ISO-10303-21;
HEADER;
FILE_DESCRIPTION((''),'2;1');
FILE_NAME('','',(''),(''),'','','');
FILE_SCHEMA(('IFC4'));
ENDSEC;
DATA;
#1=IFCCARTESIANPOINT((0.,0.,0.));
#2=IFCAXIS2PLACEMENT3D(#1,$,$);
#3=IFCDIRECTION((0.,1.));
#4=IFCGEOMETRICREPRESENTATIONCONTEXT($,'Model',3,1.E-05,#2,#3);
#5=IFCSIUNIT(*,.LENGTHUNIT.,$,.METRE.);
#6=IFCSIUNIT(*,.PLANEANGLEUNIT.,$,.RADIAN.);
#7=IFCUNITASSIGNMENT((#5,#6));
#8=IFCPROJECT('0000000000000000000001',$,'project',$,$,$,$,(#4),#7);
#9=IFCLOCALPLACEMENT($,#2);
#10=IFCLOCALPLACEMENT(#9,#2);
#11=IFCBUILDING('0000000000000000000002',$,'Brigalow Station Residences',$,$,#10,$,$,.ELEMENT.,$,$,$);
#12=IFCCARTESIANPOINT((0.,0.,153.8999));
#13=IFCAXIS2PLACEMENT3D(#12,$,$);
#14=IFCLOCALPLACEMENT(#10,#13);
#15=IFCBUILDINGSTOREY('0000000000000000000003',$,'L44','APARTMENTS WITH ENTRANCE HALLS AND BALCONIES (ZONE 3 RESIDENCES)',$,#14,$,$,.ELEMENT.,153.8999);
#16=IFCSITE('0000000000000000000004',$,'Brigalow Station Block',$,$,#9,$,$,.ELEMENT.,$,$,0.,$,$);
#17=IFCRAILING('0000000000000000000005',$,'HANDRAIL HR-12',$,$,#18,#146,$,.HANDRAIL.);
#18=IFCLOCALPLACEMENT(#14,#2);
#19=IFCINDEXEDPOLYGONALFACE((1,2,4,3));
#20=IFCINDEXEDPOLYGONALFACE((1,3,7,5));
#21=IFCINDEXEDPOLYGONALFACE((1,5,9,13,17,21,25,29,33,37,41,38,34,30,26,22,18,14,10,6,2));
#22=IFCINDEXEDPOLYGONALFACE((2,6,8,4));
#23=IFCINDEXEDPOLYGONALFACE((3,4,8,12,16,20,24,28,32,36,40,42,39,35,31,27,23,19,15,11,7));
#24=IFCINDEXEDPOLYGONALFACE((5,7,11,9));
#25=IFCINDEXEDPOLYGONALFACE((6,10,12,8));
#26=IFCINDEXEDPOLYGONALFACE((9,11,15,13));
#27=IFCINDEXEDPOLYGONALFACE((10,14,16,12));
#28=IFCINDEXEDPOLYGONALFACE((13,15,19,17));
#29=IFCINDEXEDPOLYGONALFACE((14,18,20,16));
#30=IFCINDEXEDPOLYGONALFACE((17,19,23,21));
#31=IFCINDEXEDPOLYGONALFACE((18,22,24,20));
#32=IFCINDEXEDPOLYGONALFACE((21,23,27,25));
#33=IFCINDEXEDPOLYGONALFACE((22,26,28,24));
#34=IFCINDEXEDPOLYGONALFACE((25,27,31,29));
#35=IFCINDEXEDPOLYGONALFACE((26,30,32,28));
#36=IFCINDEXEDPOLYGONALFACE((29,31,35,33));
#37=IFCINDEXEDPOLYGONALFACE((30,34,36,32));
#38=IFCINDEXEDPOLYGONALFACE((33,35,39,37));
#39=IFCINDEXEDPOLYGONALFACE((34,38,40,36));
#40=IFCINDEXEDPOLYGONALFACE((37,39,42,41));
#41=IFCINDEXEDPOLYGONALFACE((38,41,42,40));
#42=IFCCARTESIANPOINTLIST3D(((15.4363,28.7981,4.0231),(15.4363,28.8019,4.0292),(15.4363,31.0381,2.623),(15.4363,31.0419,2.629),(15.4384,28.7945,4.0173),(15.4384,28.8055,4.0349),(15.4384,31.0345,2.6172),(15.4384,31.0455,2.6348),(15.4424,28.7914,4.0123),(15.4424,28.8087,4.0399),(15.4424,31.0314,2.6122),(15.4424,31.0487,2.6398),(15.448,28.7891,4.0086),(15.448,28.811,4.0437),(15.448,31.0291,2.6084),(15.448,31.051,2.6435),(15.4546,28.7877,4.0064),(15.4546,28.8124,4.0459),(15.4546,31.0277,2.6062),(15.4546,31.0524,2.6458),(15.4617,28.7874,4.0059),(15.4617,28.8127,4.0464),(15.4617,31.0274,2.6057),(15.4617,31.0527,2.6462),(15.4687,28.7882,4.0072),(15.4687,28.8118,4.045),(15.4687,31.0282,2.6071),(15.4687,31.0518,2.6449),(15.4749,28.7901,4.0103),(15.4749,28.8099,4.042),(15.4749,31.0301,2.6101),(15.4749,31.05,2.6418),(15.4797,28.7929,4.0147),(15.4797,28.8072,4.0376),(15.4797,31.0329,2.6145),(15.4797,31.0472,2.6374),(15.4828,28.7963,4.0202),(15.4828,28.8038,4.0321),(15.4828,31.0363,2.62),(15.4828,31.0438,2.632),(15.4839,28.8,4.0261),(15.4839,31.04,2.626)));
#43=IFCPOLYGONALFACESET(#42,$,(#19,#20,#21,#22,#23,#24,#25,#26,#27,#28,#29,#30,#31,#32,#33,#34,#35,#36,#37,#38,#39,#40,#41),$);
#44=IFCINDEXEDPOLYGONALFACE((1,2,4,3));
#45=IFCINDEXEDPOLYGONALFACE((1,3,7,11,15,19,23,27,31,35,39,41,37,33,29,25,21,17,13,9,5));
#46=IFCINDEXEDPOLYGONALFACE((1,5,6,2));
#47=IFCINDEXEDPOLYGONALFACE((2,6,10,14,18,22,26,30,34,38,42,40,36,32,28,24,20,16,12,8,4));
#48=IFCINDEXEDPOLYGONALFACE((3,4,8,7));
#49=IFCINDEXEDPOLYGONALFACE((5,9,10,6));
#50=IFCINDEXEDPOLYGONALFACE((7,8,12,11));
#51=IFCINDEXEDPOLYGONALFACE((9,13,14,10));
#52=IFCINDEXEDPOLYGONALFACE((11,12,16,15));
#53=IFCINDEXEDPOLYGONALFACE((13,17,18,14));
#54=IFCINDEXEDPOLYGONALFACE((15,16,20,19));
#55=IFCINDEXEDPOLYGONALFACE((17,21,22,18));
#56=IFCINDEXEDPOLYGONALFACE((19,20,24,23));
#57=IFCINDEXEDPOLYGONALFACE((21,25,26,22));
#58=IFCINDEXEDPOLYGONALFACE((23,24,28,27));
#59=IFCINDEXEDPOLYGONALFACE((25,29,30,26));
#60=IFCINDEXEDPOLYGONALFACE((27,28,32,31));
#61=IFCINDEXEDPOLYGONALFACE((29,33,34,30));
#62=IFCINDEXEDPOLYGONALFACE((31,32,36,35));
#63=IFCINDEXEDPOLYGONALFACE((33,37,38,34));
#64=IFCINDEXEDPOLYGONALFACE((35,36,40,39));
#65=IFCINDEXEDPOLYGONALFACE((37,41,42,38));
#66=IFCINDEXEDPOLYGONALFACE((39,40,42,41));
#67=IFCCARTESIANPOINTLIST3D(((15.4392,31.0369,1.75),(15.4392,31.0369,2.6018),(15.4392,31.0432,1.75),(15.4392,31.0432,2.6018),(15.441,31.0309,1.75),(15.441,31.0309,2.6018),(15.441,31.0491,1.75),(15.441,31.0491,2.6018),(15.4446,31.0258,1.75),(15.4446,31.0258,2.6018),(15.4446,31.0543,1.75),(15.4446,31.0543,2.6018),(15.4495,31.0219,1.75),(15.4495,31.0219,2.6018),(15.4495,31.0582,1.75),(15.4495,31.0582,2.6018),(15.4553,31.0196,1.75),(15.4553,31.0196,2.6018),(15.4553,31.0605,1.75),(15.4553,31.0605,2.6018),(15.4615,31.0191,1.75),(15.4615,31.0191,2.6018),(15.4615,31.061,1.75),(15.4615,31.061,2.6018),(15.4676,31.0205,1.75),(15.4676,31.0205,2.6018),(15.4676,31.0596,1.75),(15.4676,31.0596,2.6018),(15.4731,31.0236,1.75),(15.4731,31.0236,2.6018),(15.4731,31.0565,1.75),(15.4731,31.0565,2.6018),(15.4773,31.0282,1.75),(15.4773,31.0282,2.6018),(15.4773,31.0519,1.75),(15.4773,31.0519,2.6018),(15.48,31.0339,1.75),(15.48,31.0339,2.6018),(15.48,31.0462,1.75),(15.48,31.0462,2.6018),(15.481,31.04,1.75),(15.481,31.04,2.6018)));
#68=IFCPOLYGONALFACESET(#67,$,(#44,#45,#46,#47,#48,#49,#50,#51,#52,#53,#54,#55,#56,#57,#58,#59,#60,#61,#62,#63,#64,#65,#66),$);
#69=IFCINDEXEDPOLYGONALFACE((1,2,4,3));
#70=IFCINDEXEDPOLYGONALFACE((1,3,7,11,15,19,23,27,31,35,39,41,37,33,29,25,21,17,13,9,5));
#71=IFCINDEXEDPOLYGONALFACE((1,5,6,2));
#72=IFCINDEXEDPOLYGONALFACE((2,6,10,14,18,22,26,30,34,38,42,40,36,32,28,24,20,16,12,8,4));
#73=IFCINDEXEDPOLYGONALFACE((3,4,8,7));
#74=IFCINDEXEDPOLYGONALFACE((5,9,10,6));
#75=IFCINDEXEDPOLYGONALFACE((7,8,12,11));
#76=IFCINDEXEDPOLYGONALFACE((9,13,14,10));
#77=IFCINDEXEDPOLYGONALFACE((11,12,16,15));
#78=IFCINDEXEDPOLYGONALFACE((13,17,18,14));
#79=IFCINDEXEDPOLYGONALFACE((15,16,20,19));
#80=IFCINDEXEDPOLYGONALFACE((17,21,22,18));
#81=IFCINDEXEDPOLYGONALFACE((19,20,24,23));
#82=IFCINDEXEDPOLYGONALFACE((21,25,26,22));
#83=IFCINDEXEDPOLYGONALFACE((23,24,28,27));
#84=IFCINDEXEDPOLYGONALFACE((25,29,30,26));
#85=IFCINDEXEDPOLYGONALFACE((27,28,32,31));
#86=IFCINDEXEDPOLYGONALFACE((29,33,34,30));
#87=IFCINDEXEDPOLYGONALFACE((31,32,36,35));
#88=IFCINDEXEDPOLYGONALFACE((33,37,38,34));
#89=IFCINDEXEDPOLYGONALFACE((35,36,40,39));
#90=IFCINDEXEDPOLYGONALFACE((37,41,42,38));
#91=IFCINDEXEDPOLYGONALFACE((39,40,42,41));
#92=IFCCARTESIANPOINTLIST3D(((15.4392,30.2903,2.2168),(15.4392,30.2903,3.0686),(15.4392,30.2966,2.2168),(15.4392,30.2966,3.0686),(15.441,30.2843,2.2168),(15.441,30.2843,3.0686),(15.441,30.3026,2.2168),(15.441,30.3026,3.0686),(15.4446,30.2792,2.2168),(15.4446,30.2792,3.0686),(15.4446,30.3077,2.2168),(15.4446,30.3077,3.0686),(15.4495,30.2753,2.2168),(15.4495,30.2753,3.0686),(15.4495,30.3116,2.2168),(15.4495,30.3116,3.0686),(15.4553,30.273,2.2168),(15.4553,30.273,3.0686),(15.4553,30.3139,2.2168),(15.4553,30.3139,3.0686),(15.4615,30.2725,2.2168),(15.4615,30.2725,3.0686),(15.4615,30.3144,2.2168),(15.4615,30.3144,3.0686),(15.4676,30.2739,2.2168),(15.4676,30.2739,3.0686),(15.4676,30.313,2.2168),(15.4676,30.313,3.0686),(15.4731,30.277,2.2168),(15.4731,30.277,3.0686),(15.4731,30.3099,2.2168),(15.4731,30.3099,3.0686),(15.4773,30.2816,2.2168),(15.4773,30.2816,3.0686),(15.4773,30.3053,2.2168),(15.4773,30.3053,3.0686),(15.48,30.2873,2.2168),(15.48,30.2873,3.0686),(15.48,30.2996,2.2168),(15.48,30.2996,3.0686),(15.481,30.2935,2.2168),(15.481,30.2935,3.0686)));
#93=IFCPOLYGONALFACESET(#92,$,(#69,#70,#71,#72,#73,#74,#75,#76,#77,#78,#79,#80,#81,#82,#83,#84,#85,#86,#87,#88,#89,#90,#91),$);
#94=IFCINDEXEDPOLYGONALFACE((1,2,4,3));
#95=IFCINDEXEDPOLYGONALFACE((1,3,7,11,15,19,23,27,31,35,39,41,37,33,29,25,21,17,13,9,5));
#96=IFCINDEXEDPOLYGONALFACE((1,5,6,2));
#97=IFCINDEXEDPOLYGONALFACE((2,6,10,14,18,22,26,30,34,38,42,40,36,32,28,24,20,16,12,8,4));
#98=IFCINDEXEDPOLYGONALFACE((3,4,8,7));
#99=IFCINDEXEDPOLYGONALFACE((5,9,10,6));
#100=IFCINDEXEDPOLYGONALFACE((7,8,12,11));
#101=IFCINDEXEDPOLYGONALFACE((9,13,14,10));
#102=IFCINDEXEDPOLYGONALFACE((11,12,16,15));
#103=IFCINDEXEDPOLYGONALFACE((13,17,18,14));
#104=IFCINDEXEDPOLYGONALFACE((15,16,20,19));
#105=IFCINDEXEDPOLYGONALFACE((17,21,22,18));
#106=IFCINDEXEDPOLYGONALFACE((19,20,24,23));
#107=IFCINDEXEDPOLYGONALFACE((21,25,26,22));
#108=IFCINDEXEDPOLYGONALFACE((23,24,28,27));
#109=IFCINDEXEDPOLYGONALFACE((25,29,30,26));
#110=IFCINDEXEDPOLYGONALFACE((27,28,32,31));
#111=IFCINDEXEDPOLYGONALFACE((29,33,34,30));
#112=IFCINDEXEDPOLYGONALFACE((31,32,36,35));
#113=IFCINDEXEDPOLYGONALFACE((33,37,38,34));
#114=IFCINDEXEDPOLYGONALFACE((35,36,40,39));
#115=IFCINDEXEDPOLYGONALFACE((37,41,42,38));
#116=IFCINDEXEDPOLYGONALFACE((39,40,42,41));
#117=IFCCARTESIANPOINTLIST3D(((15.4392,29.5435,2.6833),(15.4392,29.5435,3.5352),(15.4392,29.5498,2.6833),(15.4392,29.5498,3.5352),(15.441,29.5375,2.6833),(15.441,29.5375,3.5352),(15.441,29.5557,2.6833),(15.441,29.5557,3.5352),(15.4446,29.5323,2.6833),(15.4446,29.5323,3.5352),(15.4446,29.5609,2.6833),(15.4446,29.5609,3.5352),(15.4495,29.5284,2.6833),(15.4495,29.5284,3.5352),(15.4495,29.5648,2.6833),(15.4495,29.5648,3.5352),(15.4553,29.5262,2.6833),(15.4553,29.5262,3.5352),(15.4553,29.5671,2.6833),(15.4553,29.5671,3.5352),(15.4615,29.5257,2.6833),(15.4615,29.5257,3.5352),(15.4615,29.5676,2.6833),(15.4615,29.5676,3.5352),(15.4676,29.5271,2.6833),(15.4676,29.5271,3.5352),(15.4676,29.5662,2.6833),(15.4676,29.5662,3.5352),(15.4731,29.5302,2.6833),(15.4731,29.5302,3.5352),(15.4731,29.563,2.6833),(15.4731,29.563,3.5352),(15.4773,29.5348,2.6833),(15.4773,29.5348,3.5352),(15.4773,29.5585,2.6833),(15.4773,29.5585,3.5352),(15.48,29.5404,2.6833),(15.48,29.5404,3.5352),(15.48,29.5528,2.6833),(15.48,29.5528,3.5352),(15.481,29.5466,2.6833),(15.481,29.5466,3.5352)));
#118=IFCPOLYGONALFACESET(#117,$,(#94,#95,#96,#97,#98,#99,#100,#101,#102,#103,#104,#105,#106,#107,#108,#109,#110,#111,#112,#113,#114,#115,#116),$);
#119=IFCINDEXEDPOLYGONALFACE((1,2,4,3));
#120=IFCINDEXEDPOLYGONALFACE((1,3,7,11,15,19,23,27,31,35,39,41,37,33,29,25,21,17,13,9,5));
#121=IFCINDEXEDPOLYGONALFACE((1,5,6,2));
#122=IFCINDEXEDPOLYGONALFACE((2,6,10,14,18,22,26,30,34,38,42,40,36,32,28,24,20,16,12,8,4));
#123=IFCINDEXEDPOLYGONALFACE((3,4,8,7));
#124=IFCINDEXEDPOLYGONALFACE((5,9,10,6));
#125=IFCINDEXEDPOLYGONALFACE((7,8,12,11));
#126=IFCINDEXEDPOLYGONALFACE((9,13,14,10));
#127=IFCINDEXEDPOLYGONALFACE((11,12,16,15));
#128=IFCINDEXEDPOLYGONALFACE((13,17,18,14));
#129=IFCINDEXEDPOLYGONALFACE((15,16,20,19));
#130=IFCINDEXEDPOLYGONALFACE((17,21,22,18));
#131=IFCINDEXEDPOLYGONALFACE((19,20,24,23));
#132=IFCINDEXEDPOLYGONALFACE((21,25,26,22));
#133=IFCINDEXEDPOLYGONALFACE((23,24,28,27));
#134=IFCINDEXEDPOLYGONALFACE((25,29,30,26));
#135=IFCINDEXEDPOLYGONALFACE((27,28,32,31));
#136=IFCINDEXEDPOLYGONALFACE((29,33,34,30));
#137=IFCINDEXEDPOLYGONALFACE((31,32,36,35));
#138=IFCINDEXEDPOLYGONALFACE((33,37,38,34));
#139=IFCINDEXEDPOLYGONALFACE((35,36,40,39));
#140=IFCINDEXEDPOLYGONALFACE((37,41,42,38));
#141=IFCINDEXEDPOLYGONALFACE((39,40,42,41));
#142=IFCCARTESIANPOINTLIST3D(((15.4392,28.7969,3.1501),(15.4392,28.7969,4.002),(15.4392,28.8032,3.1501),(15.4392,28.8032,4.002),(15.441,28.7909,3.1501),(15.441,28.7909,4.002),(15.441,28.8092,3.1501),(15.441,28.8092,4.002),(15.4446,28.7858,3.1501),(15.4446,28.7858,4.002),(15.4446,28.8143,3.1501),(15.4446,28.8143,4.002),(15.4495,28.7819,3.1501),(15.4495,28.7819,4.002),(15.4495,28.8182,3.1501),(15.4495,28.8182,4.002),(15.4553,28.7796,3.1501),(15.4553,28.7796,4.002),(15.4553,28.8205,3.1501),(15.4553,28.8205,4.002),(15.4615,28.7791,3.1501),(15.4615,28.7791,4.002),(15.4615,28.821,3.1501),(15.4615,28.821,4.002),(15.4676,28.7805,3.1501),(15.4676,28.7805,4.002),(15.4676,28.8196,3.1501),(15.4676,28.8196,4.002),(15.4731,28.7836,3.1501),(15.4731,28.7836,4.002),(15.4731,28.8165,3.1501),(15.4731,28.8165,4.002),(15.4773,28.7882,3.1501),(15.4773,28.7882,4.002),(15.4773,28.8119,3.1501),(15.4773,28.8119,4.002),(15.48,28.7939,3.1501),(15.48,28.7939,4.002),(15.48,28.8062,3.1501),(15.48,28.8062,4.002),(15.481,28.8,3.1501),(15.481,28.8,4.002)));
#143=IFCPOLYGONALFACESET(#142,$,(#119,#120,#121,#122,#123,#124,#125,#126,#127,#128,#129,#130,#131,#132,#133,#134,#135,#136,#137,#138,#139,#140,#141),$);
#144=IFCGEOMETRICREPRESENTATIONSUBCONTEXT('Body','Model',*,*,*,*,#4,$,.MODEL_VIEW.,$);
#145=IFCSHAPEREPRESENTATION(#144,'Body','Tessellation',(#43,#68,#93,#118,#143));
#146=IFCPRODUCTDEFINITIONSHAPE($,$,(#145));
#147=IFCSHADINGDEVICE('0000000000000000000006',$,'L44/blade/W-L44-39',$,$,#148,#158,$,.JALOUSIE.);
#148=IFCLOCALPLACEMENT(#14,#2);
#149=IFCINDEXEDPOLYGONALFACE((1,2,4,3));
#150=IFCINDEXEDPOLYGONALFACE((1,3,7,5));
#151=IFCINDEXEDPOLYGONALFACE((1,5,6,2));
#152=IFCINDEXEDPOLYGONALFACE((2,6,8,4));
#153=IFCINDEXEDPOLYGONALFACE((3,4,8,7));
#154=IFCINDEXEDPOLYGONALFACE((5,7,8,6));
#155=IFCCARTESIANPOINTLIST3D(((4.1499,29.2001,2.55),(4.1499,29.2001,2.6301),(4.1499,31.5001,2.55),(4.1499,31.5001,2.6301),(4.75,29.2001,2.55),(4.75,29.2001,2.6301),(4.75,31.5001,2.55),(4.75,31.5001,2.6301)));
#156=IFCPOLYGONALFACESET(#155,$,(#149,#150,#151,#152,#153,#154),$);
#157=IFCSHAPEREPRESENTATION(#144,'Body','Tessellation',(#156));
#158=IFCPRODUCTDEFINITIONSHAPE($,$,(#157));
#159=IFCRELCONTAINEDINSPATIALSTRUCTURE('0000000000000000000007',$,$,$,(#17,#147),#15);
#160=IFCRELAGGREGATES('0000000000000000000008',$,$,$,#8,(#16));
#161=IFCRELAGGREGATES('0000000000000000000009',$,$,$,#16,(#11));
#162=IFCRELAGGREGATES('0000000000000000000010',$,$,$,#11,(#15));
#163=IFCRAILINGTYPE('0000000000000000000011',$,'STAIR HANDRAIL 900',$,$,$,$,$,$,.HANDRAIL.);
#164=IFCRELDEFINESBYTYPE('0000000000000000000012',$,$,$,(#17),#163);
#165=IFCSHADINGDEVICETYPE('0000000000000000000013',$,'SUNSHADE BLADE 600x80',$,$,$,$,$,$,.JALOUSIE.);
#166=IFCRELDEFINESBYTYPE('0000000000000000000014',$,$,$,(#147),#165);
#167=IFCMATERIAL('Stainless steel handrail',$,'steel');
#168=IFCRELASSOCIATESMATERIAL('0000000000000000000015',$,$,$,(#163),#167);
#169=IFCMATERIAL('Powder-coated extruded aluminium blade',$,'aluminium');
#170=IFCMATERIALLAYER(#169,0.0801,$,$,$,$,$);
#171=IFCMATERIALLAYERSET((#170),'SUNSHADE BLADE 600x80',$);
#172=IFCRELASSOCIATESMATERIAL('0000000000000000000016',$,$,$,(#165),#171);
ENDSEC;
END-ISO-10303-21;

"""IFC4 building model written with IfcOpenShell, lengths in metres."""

from ifc_helpers import new_model, si_unit, direction, frame, origin, origin_2d, place, context, subcontext, project, spatial, rectangle, circle, extrude, material, layer, layer_set, type_object, element, save


model = new_model("IFC4")

# Units and contexts
model_context = context("Model", 3, precision=1e-05, world=origin(), true_north=direction((0.0, 1.0)))
body_context = subcontext(model_context, "Body", "Model", "MODEL_VIEW")
ifc_project = project(units=[si_unit("LENGTHUNIT", "METRE"), si_unit("PLANEANGLEUNIT", "RADIAN")], contexts=[model_context])

# Site, building, storey
site_placement = place(None, origin())
site = spatial("IfcSite", under=ifc_project, at=site_placement, Name="Brigalow Station Block", CompositionType="ELEMENT", RefElevation=0.0)
building_placement = place(site_placement, origin())
building = spatial("IfcBuilding", under=site, at=building_placement, Name="Brigalow Station Residences", CompositionType="ELEMENT")
storey_placement = place(building_placement, frame((0.0, 0.0, 153.8999)))
storey = spatial("IfcBuildingStorey", under=building, at=storey_placement, Name="L44", Description="APARTMENTS WITH ENTRANCE HALLS AND BALCONIES (ZONE 3 RESIDENCES)", CompositionType="ELEMENT", Elevation=153.8999)

# Railing
ifc_material_1 = material(Name="Stainless steel handrail", Category="steel")
railing_type_1 = type_object("IfcRailingType", Name="STAIR HANDRAIL 900", PredefinedType="HANDRAIL", material=ifc_material_1)
railing_1_placement = place(storey_placement, frame((15.46, 31.04, 1.75)))
element("IfcRailing", 1, at=railing_1_placement, inside=storey, type_object=railing_type_1, Name="HANDRAIL HR-12", PredefinedType="HANDRAIL", context=body_context, shape_type="SweptSolid", body=[
    extrude(circle(Radius=0.0239, at=origin_2d()), frame((0.0, 0.0, 0.876), z_axis=(0.0, -0.847972, 0.53004), x_axis=(1.0, 0.0, 0.0)), (0.0, 0.0, 1.0), 2.6416),
    extrude(circle(Radius=0.021, at=origin_2d()), origin(), (0.0, 0.0, 1.0), 0.8518),
    extrude(circle(Radius=0.021, at=origin_2d()), frame((0.0, -0.7466, 0.4668)), (0.0, 0.0, 1.0), 0.8518),
    extrude(circle(Radius=0.021, at=origin_2d()), frame((0.0, -1.4934, 0.9333)), (0.0, 0.0, 1.0), 0.8518),
    extrude(circle(Radius=0.021, at=origin_2d()), frame((0.0, -2.24, 1.4001)), (0.0, 0.0, 1.0), 0.8518),
])

# Shading device
ifc_material_2 = material(Name="Powder-coated extruded aluminium blade", Category="aluminium")
ifc_layer_1 = layer(ifc_material_2, 0.0801)
ifc_layer_set_1 = layer_set([ifc_layer_1], Name="SUNSHADE BLADE 600x80")
shading_device_type = type_object("IfcShadingDeviceType", Name="SUNSHADE BLADE 600x80", PredefinedType="JALOUSIE", material=ifc_layer_set_1)
shading_device_placement = place(storey_placement, frame((4.45, 30.3501, 2.55), z_axis=(0.0, 0.0, 1.0), x_axis=(0.0, -1.0, 0.0)))
element("IfcShadingDevice", 2, at=shading_device_placement, inside=storey, type_object=shading_device_type, Name="L44/blade/W-L44-39", PredefinedType="JALOUSIE", context=body_context, shape_type="SweptSolid", body=[
    extrude(rectangle(XDim=2.3, YDim=0.6001, at=origin_2d()), origin(), (0.0, 0.0, 1.0), 0.0801),
])

save(model, "model.ifc")
